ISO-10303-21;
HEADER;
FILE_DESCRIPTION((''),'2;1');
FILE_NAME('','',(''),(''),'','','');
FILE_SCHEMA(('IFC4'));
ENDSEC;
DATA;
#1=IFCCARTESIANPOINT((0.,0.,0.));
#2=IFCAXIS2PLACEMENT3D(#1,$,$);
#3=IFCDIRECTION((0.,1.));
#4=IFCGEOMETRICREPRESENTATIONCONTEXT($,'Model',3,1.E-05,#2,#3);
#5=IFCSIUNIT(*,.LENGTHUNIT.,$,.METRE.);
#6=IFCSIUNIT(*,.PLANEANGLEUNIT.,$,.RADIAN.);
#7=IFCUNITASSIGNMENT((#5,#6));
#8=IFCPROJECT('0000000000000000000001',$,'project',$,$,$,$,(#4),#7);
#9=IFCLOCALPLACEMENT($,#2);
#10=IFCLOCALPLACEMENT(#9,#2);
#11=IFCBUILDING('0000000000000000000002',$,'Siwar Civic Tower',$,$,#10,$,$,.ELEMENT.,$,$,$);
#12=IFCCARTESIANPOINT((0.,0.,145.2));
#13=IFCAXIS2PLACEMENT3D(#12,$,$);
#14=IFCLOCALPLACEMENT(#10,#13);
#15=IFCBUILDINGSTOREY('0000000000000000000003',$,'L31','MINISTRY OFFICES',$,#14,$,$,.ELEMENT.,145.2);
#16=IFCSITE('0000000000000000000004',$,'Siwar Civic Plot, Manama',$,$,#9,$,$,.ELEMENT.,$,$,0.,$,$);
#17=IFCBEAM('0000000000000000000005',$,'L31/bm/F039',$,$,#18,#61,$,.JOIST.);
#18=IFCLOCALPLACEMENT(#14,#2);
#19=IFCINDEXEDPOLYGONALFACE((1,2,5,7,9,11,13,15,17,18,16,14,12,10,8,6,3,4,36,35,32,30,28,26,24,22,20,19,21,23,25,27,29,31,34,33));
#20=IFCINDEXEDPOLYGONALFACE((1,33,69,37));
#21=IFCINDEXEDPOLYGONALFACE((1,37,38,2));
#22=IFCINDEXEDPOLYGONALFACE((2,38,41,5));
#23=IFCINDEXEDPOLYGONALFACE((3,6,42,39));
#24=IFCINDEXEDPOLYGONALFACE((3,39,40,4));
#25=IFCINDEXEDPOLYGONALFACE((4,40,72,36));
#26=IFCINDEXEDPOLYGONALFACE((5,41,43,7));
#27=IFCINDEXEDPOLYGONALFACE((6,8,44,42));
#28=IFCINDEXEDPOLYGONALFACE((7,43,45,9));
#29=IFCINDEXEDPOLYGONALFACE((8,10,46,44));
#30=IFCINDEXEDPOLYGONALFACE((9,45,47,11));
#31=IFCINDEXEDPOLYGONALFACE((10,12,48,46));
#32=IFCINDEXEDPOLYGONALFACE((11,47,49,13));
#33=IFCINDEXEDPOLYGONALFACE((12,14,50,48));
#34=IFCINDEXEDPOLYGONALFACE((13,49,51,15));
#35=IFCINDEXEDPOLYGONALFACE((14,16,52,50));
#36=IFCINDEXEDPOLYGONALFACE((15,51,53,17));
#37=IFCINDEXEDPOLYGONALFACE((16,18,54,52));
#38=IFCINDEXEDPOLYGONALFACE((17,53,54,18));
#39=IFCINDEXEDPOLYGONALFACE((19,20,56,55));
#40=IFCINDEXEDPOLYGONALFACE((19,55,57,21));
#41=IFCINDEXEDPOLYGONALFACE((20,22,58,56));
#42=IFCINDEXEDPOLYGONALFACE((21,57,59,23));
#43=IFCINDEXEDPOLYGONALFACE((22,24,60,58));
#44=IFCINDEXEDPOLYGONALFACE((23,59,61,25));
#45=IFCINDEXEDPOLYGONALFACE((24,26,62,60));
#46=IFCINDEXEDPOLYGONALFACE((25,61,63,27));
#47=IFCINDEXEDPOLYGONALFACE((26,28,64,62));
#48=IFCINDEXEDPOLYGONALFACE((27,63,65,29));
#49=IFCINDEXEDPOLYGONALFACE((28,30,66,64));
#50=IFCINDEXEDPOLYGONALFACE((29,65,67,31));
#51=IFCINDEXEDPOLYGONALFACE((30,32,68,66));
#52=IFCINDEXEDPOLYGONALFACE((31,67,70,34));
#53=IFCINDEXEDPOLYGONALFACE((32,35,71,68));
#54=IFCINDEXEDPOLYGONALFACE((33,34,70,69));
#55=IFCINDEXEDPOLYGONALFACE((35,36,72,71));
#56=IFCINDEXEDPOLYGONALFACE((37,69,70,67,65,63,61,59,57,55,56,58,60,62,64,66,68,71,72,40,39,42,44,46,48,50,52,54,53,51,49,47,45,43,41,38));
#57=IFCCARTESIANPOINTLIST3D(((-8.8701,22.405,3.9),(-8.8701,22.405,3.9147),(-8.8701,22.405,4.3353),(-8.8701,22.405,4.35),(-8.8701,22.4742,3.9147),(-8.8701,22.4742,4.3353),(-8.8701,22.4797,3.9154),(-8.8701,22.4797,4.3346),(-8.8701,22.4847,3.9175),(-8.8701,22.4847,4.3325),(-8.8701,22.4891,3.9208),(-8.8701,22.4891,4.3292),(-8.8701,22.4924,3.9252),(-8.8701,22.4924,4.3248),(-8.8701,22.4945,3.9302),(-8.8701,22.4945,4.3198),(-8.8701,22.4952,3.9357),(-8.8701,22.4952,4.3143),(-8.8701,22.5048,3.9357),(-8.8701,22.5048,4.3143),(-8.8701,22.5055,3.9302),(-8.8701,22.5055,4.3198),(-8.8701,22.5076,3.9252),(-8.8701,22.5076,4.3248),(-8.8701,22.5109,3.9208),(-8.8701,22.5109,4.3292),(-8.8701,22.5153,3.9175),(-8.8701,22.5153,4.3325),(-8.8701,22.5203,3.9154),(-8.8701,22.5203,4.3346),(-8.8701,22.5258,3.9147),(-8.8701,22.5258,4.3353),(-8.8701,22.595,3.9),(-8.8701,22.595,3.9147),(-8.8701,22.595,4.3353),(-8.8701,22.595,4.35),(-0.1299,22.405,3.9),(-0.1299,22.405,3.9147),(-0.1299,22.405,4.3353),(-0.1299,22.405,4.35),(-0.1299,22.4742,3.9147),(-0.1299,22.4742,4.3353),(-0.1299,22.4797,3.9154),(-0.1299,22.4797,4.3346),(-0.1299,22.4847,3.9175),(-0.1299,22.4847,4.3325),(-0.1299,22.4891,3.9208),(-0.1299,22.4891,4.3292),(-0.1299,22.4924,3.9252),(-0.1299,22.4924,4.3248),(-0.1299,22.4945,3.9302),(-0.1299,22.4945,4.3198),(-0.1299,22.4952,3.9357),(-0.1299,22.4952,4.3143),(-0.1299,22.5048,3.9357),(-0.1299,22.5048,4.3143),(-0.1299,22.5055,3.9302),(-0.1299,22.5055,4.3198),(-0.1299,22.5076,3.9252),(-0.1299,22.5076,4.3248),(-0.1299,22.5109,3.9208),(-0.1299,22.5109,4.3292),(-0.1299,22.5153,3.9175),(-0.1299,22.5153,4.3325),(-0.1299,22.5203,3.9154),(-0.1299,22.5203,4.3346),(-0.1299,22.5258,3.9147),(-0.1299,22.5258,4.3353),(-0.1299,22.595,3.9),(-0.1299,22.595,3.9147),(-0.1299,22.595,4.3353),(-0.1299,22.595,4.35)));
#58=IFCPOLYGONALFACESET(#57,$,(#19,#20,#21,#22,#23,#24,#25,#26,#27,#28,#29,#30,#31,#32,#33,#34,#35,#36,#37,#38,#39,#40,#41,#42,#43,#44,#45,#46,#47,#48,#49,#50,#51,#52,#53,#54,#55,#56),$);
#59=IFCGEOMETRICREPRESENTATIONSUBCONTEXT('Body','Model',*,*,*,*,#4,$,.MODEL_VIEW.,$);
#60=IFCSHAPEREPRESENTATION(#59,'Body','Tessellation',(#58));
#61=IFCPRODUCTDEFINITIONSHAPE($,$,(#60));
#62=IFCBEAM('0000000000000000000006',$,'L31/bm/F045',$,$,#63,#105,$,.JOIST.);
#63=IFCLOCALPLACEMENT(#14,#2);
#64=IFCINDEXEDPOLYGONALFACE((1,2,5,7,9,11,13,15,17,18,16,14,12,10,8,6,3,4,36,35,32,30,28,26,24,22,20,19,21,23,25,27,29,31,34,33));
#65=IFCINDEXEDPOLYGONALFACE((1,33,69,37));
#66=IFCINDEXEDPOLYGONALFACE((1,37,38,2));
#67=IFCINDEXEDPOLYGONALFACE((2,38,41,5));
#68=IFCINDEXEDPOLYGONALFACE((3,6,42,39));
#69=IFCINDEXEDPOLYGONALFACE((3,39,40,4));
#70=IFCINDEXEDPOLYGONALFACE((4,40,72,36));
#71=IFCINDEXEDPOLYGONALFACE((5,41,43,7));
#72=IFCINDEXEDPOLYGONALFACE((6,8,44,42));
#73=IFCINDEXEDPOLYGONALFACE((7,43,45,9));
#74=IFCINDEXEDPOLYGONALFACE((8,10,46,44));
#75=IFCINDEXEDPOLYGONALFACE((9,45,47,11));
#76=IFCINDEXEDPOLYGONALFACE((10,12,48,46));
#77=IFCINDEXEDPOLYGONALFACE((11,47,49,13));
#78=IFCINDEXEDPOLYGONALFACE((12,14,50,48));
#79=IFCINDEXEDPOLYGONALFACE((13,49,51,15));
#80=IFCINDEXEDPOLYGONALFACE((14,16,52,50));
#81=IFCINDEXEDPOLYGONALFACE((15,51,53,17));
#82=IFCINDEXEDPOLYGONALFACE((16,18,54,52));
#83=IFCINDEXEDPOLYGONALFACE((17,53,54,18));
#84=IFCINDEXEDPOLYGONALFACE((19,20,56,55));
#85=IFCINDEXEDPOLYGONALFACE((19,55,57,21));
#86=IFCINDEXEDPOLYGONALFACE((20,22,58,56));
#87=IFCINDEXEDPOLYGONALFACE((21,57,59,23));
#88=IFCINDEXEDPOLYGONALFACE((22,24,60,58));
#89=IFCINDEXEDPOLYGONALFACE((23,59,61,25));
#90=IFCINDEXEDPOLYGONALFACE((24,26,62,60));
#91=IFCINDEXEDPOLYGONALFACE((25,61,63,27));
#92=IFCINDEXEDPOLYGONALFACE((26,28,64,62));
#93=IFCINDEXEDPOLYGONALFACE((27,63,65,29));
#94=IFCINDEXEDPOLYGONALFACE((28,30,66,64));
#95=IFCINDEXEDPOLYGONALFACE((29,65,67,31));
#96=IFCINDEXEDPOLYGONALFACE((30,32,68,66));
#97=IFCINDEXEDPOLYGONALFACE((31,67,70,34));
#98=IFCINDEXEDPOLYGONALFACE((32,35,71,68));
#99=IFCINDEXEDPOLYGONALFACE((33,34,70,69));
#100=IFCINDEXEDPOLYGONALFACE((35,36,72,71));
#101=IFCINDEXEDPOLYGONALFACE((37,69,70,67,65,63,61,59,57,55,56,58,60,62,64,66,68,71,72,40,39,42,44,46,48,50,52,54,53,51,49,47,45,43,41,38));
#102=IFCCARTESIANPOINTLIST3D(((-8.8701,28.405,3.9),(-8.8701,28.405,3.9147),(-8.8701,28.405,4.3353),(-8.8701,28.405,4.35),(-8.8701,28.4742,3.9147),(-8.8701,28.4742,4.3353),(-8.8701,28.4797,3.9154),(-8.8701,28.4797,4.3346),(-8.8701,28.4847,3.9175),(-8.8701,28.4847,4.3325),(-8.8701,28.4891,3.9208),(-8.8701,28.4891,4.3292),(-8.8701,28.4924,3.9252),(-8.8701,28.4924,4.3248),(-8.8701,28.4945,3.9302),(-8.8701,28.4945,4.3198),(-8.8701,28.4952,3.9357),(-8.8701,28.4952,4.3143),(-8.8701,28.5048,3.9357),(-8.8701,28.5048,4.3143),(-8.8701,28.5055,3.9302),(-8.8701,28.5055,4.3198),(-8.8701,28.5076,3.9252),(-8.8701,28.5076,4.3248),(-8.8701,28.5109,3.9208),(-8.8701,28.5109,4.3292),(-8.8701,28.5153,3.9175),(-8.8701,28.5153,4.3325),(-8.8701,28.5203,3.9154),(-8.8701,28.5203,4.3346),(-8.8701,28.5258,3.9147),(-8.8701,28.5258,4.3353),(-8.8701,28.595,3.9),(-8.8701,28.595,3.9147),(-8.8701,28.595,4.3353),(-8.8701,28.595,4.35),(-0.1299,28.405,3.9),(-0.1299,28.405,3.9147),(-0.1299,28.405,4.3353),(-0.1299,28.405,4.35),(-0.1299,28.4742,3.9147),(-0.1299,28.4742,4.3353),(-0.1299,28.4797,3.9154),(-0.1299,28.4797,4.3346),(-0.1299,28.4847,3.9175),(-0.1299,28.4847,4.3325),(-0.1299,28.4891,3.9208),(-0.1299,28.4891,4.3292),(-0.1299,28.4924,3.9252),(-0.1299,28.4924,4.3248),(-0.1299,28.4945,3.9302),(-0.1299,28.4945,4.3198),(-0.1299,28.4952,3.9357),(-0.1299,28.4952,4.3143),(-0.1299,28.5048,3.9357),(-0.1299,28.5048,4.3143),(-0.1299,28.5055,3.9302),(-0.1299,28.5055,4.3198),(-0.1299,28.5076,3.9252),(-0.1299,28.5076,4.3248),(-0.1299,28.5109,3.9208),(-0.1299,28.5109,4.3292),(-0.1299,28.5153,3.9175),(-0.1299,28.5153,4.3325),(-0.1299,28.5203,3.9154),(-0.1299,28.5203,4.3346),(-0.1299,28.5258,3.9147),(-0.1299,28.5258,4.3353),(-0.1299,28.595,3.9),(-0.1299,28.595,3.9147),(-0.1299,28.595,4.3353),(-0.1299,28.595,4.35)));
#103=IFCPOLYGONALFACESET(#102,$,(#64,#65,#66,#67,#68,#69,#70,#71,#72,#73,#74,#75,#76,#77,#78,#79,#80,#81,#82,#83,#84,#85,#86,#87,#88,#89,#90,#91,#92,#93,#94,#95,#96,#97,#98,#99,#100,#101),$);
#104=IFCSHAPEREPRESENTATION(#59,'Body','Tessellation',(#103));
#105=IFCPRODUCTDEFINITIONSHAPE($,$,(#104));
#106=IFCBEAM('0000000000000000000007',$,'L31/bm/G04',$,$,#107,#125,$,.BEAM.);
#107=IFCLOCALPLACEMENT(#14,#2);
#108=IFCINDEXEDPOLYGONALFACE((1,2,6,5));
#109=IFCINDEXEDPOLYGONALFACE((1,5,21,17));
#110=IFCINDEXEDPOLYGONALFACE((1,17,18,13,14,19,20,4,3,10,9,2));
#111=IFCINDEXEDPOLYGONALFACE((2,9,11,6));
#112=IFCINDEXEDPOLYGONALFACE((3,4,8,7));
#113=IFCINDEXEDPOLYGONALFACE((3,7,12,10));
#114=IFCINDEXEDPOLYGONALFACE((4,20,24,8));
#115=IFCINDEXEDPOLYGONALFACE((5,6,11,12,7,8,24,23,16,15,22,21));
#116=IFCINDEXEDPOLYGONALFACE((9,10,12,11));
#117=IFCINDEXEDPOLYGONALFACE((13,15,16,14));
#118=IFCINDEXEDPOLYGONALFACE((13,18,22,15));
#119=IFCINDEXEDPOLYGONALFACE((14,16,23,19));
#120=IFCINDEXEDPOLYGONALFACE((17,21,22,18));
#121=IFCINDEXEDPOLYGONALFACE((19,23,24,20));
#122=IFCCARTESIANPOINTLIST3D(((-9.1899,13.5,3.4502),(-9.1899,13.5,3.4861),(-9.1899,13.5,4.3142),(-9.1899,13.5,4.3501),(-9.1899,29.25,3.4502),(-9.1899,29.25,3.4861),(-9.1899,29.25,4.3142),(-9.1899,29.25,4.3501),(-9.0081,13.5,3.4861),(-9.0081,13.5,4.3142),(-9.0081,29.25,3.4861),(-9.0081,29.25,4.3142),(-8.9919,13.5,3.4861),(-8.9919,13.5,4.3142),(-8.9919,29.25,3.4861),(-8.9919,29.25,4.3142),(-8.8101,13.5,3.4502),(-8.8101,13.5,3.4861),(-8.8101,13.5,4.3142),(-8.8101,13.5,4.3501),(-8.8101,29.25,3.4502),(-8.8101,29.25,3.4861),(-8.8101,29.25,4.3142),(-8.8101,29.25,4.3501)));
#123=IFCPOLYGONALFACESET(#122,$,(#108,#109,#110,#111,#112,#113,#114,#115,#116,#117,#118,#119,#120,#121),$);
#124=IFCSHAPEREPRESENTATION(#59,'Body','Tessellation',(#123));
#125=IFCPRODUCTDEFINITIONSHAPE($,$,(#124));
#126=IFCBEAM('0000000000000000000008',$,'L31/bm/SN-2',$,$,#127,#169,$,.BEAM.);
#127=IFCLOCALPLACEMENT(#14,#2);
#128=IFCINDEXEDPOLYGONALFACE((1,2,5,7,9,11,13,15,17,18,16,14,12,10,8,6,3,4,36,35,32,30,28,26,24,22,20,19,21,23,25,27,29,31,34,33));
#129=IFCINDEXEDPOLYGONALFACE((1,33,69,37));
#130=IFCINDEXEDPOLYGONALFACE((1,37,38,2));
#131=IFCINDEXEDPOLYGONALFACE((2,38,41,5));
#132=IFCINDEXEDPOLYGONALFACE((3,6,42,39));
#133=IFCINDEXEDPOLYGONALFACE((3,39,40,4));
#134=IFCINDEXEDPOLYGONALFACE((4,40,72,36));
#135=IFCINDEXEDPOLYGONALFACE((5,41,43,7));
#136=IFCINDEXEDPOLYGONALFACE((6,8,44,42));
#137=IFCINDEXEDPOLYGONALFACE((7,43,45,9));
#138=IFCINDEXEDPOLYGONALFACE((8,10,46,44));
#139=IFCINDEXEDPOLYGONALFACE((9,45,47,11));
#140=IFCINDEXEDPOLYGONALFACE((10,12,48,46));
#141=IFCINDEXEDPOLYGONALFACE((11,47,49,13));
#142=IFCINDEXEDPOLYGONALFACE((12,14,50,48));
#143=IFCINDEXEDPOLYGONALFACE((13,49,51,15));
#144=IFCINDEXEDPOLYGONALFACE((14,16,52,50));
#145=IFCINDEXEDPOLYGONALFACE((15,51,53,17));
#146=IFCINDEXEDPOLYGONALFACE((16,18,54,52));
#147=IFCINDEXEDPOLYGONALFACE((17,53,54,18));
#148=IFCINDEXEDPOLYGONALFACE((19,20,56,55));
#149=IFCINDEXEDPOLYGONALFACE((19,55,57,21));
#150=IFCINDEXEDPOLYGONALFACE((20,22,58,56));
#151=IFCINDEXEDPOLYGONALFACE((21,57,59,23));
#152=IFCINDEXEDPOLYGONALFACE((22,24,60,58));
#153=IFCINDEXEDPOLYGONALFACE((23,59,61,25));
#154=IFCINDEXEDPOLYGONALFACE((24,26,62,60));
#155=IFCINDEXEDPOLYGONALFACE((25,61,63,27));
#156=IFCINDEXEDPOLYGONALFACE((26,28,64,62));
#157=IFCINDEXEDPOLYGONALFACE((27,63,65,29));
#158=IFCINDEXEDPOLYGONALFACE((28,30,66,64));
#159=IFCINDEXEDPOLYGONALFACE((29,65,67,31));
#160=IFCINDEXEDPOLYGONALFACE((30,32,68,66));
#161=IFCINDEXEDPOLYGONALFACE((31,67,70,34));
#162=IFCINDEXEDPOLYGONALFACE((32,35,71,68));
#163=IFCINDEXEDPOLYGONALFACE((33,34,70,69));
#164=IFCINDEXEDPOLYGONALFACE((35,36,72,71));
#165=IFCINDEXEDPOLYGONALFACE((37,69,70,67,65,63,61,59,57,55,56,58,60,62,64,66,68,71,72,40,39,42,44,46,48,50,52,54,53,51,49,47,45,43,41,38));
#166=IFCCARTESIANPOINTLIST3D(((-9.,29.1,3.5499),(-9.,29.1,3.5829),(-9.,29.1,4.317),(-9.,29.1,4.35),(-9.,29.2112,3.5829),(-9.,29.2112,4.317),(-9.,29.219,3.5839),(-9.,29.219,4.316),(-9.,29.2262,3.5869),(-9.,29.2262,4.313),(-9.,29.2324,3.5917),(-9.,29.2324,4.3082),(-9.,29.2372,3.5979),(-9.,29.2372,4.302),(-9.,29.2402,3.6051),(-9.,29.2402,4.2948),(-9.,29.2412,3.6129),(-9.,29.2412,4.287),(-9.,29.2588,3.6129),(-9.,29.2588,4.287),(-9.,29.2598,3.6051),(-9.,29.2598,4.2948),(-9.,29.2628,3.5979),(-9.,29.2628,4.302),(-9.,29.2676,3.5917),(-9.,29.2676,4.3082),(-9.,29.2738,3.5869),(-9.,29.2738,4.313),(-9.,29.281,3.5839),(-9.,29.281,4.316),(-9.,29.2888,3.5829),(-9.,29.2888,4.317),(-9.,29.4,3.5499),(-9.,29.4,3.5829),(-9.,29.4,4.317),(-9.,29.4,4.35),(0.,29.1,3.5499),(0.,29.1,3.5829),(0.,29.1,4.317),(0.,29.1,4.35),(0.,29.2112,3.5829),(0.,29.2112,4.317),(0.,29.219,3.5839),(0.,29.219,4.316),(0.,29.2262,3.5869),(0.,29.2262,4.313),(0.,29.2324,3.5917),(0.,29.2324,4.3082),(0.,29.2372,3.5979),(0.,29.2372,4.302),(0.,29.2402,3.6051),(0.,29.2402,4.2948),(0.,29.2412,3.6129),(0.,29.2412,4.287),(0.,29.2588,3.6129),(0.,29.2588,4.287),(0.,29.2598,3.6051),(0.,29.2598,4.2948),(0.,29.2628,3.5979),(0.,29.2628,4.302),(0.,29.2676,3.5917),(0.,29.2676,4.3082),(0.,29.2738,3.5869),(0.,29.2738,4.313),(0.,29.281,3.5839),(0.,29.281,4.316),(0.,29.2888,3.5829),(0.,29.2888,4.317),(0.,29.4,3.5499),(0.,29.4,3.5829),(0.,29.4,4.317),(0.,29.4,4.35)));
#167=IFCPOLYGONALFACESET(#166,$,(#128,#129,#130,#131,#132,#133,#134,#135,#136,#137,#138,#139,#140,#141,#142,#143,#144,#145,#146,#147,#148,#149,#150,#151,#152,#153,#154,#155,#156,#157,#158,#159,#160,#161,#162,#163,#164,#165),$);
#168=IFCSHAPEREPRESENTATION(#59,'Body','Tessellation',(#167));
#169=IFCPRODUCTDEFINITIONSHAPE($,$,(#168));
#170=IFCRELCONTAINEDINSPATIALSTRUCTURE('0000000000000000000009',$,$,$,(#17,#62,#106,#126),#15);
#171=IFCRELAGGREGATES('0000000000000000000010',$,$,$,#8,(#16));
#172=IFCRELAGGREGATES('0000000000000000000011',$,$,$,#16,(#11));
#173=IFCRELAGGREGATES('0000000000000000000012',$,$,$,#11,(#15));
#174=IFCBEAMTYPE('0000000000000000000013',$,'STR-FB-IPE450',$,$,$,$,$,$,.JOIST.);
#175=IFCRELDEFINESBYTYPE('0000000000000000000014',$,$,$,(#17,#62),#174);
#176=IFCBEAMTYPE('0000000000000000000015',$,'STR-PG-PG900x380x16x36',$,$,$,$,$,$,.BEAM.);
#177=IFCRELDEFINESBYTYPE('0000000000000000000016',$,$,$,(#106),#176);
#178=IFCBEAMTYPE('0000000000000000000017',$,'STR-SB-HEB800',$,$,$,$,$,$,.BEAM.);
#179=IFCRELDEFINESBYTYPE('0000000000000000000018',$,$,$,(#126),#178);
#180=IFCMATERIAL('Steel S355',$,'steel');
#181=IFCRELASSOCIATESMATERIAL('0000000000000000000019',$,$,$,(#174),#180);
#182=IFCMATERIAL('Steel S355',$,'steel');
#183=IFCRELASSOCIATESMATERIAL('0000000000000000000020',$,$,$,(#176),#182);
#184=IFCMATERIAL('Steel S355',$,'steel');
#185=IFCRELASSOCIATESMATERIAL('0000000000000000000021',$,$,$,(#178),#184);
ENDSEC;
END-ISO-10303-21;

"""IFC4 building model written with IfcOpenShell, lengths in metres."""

from ifc_helpers import new_model, si_unit, direction, frame, origin, origin_2d, place, context, subcontext, project, spatial, i_section, extrude, material, material_profile, profile_set, type_object, element, save


model = new_model("IFC4")

# Units and contexts
model_context = context("Model", 3, precision=1e-05, world=origin(), true_north=direction((0.0, 1.0)))
body_context = subcontext(model_context, "Body", "Model", "MODEL_VIEW")
ifc_project = project(units=[si_unit("LENGTHUNIT", "METRE"), si_unit("PLANEANGLEUNIT", "RADIAN")], contexts=[model_context])

# Site, building, storey
site_placement = place(None, origin())
site = spatial("IfcSite", under=ifc_project, at=site_placement, Name="Siwar Civic Plot, Manama", CompositionType="ELEMENT", RefElevation=0.0)
building_placement = place(site_placement, origin())
building = spatial("IfcBuilding", under=site, at=building_placement, Name="Siwar Civic Tower", CompositionType="ELEMENT")
storey_placement = place(building_placement, frame((0.0, 0.0, 145.2)))
storey = spatial("IfcBuildingStorey", under=building, at=storey_placement, Name="L31", Description="MINISTRY OFFICES", CompositionType="ELEMENT", Elevation=145.2)

# Beams
ifc_material_1 = material(Name="Steel S355", Category="steel")
ifc_material_profile_1 = material_profile(ifc_material_1, i_section(OverallWidth=0.1899, OverallDepth=0.45, WebThickness=0.0095, FlangeThickness=0.0146, FilletRadius=0.021, at=origin_2d()), Name="IPE450")
ifc_profile_set_1 = profile_set([ifc_material_profile_1], Name="Steel S355")
beam_type_1 = type_object("IfcBeamType", Name="STR-FB-IPE450", PredefinedType="JOIST", material=ifc_profile_set_1)
for number, where, z_axis, x_axis, name in (
    (1, (-8.8701, 22.5, 4.125), (1.0, 0.0, 0.0), (0.0, 1.0, 0.0), "L31/bm/F039"),
    (2, (-8.8701, 28.5, 4.125), (1.0, 0.0, 0.0), (0.0, 1.0, 0.0), "L31/bm/F045"),
):
    element("IfcBeam", number, at=place(storey_placement, frame(where, z_axis=z_axis, x_axis=x_axis)), inside=storey, type_object=beam_type_1, Name=name, PredefinedType="JOIST", context=body_context, shape_type="SweptSolid", body=[
        extrude(i_section(OverallWidth=0.1899, OverallDepth=0.45, WebThickness=0.0095, FlangeThickness=0.0146, FilletRadius=0.021, at=origin_2d()), origin(), (0.0, 0.0, 1.0), 8.7402),
    ])
ifc_material_2 = material(Name="Steel S355", Category="steel")
ifc_material_profile_2 = material_profile(ifc_material_2, i_section(OverallWidth=0.3799, OverallDepth=0.8999, WebThickness=0.0161, FlangeThickness=0.0359, at=origin_2d()), Name="PG900x380x16x36")
ifc_profile_set_2 = profile_set([ifc_material_profile_2], Name="Steel S355")
beam_type_2 = type_object("IfcBeamType", Name="STR-PG-PG900x380x16x36", PredefinedType="BEAM", material=ifc_profile_set_2)
beam_1_placement = place(storey_placement, frame((-9.0, 13.5, 3.9001), z_axis=(0.0, 1.0, 0.0), x_axis=(-1.0, 0.0, 0.0)))
element("IfcBeam", 3, at=beam_1_placement, inside=storey, type_object=beam_type_2, Name="L31/bm/G04", PredefinedType="BEAM", context=body_context, shape_type="SweptSolid", body=[
    extrude(i_section(OverallWidth=0.3799, OverallDepth=0.8999, WebThickness=0.0161, FlangeThickness=0.0359, at=origin_2d()), origin(), (0.0, 0.0, 1.0), 15.75),
])
ifc_material_3 = material(Name="Steel S355", Category="steel")
ifc_material_profile_3 = material_profile(ifc_material_3, i_section(OverallWidth=0.3, OverallDepth=0.8, WebThickness=0.0176, FlangeThickness=0.033, FilletRadius=0.03, at=origin_2d()), Name="HEB800")
ifc_profile_set_3 = profile_set([ifc_material_profile_3], Name="Steel S355")
beam_type_3 = type_object("IfcBeamType", Name="STR-SB-HEB800", PredefinedType="BEAM", material=ifc_profile_set_3)
for number, where, z_axis, x_axis, name in (
    (4, (0.0, 29.25, 3.95), (-1.0, 0.0, 0.0), (0.0, -1.0, 0.0), "L31/bm/SN-2"),
):
    element("IfcBeam", number, at=place(storey_placement, frame(where, z_axis=z_axis, x_axis=x_axis)), inside=storey, type_object=beam_type_3, Name=name, PredefinedType="BEAM", context=body_context, shape_type="SweptSolid", body=[
        extrude(i_section(OverallWidth=0.3, OverallDepth=0.8, WebThickness=0.0176, FlangeThickness=0.033, FilletRadius=0.03, at=origin_2d()), origin(), (0.0, 0.0, 1.0), 9.0),
    ])

save(model, "model.ifc")
